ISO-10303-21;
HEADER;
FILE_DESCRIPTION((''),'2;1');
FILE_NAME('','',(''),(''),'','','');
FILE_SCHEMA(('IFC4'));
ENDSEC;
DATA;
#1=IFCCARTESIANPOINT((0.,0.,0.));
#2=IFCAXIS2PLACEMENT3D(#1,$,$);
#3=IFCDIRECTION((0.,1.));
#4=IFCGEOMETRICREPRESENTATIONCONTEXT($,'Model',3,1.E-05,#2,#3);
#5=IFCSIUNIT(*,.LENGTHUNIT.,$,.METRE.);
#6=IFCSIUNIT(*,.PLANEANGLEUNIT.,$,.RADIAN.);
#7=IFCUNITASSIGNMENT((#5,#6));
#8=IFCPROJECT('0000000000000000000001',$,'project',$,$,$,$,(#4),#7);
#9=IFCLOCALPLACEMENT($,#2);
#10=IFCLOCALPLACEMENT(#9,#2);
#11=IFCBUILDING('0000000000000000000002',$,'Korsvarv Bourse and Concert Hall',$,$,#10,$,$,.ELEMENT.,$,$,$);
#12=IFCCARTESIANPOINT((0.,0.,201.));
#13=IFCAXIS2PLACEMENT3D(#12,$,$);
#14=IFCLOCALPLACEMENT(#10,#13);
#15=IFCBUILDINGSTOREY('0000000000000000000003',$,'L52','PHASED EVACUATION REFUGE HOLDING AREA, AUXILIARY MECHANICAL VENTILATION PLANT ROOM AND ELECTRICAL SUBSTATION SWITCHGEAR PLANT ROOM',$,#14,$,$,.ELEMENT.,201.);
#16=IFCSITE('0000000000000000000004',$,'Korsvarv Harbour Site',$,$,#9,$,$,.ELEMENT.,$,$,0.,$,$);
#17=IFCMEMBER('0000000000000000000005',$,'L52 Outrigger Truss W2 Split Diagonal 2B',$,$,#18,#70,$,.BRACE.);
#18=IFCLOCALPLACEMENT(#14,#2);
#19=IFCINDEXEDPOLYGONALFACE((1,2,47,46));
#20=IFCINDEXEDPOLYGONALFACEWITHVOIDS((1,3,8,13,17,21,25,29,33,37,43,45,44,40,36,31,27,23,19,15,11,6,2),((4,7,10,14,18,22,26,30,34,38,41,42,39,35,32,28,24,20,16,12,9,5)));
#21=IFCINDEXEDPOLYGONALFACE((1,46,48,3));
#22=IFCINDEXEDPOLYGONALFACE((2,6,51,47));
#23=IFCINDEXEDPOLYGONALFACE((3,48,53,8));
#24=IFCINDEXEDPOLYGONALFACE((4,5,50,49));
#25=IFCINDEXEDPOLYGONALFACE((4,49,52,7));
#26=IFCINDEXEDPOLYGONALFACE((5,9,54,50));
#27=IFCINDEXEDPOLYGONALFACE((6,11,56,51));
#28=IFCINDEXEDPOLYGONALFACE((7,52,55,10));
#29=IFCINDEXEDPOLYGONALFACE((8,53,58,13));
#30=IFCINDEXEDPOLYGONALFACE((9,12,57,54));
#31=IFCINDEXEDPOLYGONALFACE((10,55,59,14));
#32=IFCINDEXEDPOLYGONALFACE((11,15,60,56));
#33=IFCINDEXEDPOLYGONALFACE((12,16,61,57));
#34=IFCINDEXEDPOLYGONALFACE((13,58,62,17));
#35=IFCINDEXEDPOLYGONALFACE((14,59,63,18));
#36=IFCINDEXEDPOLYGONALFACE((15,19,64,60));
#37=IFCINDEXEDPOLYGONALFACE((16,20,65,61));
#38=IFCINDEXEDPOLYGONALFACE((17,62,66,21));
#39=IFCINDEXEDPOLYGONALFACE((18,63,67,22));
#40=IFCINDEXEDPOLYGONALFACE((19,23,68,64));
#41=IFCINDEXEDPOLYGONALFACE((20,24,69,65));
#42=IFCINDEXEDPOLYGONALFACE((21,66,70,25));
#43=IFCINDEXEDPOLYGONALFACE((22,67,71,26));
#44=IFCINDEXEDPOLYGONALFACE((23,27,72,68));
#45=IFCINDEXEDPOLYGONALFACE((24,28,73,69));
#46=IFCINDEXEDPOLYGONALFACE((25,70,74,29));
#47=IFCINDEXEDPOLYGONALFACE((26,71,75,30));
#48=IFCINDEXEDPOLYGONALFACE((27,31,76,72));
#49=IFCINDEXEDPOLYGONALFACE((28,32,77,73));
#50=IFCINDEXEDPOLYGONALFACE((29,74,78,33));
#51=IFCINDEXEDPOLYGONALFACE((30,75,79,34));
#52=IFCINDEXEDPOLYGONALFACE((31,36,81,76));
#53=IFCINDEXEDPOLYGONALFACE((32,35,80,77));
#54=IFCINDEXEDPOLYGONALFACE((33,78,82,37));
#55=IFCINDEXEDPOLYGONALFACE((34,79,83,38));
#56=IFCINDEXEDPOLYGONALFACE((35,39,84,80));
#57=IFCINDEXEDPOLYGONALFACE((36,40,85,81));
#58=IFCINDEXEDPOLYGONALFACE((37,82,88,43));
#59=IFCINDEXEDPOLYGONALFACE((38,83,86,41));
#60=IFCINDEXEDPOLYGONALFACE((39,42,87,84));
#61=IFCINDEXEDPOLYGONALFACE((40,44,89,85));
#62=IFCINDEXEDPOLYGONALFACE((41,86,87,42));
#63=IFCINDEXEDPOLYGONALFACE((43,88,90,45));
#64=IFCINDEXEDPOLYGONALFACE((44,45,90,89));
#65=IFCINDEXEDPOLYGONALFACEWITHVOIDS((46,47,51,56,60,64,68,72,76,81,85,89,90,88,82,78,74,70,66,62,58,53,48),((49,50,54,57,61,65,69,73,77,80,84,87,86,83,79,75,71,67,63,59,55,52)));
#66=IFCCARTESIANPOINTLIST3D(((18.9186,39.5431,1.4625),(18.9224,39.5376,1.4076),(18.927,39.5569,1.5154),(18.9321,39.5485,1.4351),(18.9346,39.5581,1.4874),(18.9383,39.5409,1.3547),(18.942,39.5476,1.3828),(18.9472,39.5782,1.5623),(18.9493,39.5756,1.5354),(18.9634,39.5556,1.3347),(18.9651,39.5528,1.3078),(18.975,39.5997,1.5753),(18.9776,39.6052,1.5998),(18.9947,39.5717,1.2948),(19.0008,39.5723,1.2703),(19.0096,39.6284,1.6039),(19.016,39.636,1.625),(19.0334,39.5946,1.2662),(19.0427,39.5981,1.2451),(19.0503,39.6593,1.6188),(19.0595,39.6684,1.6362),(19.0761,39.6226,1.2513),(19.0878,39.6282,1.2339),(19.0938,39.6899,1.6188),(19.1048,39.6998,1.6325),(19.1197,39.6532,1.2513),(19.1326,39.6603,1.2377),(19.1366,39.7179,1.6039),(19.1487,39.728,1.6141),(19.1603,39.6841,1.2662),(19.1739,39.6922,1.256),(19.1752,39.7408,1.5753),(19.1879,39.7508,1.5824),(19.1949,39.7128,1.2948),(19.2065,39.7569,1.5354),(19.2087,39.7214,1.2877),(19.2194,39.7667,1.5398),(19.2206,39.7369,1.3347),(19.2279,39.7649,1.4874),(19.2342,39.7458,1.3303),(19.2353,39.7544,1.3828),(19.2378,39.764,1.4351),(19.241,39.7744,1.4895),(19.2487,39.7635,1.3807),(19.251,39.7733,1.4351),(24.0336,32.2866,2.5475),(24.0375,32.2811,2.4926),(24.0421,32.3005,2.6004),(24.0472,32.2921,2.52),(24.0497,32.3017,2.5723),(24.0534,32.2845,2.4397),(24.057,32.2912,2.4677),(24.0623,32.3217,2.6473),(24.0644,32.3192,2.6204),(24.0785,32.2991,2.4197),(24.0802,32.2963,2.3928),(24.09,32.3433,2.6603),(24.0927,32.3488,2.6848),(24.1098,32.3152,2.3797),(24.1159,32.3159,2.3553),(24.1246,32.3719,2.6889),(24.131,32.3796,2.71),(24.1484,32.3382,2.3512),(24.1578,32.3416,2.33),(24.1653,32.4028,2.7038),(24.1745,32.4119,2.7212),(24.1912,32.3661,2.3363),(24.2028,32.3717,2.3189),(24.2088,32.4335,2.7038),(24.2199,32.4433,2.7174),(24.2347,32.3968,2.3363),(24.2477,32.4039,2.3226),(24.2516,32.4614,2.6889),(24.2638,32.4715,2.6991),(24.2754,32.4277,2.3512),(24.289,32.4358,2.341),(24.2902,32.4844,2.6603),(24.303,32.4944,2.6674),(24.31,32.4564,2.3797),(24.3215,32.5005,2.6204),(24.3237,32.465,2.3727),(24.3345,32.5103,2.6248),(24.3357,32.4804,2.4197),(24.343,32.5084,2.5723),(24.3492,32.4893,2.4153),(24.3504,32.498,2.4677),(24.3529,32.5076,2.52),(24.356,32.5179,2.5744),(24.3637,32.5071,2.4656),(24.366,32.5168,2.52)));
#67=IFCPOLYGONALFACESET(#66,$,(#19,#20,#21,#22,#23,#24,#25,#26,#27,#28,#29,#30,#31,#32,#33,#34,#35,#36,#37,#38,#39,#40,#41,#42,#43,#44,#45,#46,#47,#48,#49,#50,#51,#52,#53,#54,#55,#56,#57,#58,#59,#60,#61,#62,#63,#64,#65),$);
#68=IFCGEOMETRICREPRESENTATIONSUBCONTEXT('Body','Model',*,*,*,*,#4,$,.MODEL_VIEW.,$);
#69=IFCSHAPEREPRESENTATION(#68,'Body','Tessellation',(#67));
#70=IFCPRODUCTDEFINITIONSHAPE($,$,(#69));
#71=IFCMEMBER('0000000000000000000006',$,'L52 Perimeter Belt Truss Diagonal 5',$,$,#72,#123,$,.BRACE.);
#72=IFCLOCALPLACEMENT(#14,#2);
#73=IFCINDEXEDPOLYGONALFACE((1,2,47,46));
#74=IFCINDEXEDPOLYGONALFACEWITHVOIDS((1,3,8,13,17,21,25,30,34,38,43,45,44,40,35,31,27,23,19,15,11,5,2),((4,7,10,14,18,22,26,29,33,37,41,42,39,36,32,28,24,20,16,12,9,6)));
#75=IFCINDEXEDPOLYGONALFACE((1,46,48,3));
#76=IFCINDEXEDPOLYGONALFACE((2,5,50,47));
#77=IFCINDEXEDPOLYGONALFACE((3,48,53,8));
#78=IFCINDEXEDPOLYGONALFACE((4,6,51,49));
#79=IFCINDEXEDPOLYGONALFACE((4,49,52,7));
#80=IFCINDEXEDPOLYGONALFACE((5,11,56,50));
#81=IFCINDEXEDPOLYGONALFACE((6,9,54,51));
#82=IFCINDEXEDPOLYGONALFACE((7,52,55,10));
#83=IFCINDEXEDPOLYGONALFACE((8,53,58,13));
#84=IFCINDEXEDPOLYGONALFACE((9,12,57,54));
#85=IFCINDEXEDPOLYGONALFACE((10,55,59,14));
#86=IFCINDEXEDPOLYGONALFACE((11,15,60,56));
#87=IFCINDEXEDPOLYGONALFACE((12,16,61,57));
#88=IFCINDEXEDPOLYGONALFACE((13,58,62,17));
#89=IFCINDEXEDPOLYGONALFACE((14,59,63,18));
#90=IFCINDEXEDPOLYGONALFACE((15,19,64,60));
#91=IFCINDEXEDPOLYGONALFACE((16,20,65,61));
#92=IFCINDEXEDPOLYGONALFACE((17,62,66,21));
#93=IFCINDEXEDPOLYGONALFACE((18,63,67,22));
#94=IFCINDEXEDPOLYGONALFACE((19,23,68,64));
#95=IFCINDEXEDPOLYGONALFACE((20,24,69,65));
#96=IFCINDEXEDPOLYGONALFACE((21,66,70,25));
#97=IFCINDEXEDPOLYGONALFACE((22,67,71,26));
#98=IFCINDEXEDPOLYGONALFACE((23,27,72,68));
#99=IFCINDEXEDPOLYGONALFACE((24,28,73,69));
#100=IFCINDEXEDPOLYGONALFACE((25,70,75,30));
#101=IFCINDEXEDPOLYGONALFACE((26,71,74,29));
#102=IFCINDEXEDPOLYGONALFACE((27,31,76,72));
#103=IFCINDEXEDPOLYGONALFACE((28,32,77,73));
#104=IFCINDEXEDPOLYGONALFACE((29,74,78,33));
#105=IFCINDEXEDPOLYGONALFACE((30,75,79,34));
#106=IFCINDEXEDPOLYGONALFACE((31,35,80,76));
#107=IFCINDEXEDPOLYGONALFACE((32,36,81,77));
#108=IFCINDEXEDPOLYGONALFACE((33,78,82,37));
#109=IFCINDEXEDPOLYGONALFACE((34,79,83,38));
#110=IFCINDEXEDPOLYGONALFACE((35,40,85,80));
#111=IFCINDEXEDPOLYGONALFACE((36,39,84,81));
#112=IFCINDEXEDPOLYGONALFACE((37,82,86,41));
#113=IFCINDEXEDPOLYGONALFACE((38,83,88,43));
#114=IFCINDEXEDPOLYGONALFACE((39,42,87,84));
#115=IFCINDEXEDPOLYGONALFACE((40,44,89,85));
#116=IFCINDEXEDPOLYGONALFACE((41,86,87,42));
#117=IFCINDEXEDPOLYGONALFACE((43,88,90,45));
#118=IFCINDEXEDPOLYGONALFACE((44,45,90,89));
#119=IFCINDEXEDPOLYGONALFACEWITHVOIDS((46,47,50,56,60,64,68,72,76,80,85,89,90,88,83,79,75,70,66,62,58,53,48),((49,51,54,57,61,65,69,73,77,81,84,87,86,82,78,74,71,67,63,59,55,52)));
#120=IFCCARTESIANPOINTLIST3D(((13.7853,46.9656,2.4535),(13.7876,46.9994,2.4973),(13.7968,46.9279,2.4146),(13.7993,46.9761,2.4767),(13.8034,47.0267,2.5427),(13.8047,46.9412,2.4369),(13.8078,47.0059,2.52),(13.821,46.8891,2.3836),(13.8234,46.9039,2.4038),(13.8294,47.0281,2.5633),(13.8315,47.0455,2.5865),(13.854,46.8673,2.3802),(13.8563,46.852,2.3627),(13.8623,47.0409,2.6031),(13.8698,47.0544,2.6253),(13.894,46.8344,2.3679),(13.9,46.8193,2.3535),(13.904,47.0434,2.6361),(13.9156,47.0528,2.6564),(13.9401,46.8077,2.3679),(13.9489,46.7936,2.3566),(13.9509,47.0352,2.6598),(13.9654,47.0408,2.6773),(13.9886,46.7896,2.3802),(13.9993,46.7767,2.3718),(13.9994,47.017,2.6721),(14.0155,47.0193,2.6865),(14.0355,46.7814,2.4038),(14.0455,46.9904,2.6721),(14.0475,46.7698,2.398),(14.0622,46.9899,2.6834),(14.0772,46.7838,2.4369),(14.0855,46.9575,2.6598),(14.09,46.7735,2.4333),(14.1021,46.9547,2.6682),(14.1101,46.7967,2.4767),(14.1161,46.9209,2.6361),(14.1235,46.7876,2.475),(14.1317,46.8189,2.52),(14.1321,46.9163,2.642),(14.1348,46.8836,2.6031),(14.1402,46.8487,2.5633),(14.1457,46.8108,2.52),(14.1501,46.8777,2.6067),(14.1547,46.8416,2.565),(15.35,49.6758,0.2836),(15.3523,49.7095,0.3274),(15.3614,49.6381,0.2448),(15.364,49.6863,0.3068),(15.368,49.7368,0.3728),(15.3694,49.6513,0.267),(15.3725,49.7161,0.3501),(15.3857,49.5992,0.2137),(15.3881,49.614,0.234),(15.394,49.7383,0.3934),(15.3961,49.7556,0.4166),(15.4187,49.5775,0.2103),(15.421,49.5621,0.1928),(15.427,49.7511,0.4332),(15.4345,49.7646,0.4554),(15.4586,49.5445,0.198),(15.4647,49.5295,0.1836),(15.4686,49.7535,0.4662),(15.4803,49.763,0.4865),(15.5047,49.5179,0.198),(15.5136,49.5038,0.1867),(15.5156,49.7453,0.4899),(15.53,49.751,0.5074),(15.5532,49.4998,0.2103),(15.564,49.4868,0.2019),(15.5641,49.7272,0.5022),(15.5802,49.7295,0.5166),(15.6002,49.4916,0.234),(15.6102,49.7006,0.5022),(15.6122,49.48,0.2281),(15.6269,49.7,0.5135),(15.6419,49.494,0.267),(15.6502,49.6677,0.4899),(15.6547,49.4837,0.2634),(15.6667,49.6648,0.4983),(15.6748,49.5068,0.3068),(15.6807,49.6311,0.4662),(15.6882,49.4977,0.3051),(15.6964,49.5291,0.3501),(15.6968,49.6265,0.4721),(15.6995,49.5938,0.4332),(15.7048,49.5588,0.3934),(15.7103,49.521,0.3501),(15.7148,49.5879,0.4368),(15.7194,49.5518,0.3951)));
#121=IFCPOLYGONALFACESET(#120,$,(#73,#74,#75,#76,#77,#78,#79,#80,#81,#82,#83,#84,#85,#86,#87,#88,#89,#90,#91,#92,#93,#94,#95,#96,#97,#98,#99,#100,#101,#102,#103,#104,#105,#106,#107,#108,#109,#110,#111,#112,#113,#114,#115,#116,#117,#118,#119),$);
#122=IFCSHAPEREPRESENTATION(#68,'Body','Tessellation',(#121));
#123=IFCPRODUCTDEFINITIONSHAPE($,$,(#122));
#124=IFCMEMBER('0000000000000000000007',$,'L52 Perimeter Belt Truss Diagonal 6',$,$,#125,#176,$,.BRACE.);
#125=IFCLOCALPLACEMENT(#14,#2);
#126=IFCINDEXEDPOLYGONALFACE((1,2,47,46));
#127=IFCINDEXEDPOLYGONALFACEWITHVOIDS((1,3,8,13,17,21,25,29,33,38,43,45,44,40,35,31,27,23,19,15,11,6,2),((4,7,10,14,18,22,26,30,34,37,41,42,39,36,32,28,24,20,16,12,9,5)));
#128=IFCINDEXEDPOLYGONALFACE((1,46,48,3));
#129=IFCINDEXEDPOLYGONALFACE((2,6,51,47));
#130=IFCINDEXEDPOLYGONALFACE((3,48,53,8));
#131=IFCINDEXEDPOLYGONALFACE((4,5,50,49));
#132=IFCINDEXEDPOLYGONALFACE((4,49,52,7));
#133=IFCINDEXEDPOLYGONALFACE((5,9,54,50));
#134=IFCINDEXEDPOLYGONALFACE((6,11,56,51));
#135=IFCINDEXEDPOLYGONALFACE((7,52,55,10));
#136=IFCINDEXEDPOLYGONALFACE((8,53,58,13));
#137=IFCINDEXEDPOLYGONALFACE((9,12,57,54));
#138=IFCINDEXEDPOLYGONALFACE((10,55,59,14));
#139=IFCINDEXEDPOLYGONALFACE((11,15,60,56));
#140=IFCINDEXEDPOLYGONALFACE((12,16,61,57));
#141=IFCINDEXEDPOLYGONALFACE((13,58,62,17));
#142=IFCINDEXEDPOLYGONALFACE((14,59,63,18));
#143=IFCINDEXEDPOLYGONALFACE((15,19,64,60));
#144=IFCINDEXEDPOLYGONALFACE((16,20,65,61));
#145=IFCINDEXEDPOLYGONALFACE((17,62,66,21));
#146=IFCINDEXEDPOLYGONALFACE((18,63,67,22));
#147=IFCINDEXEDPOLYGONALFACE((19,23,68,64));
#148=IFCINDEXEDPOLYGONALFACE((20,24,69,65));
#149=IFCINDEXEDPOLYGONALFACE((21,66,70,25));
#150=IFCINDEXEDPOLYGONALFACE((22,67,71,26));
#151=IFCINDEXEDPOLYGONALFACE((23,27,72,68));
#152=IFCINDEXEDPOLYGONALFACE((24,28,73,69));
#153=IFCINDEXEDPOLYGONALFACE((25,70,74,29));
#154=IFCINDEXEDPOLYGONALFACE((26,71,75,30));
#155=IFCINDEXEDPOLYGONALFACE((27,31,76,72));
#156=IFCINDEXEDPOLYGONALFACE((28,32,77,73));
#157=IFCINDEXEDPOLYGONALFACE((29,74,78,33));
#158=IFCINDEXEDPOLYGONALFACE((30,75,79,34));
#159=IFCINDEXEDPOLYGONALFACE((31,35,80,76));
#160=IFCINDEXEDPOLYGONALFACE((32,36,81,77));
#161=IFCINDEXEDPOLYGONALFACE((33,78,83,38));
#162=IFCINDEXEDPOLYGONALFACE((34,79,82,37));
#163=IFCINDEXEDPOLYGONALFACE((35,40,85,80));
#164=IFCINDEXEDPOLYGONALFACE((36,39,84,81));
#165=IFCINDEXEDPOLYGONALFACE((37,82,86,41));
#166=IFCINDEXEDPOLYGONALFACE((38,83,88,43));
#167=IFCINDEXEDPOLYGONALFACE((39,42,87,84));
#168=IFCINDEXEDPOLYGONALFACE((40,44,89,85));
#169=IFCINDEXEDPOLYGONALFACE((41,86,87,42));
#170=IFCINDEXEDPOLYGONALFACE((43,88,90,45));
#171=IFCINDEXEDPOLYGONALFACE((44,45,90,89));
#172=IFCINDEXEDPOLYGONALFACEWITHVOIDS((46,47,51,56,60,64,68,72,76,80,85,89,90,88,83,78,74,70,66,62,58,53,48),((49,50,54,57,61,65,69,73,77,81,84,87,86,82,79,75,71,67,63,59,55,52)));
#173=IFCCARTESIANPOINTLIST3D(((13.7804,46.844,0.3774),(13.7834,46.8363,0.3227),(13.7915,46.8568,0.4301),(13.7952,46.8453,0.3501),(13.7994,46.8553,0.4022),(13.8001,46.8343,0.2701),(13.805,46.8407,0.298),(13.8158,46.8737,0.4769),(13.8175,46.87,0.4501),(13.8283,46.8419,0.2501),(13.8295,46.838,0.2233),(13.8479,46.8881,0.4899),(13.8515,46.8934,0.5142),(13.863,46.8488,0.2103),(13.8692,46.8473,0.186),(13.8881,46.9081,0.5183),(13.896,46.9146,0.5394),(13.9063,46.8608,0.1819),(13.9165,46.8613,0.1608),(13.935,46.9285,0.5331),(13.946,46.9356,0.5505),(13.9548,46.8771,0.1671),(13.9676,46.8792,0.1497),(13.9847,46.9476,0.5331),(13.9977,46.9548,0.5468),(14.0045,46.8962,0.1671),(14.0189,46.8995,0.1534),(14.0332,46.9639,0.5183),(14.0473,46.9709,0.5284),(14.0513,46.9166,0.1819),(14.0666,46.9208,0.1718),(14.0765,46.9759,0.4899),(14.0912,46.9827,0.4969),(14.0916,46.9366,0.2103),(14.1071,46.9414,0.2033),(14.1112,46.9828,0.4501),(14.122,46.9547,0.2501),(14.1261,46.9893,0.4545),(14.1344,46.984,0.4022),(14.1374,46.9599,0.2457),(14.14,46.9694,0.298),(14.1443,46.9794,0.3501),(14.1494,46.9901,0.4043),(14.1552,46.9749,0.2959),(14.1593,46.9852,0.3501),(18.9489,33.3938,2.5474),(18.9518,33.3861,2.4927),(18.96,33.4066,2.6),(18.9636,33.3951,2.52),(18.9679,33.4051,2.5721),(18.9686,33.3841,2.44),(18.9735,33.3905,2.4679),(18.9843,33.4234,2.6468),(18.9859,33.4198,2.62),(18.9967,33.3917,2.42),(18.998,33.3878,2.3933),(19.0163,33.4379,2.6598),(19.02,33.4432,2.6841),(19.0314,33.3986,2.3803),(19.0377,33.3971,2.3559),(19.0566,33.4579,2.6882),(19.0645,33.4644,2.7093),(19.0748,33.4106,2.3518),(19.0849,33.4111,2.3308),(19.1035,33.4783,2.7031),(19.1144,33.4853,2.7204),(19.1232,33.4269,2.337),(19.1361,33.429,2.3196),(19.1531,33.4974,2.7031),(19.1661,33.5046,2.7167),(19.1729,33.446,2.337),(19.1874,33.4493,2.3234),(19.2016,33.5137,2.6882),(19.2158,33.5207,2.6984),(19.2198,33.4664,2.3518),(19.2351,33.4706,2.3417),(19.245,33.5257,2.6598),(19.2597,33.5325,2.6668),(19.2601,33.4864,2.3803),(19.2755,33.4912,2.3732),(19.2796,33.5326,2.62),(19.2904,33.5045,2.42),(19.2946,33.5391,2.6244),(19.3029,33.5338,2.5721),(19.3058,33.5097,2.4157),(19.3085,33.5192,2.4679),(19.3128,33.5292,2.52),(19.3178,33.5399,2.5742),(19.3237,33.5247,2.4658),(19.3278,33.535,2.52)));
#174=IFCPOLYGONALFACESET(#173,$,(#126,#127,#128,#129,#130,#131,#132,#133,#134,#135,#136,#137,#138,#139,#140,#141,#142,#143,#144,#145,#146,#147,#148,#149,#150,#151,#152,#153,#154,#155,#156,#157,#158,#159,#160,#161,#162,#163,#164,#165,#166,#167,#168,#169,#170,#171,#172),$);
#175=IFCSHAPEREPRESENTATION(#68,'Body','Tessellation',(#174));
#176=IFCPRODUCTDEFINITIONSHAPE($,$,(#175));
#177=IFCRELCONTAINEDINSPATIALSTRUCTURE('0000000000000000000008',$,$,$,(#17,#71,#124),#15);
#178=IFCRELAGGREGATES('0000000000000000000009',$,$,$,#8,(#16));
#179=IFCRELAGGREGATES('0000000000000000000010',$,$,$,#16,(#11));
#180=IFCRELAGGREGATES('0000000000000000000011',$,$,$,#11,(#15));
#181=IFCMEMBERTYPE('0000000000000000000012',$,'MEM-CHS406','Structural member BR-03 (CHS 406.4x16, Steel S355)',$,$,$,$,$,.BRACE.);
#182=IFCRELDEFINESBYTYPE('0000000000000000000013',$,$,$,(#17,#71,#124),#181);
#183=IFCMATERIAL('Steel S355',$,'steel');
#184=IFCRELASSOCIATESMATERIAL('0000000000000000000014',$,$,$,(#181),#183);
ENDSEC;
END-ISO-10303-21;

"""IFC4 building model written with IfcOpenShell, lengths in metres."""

from ifc_helpers import new_model, si_unit, direction, frame, origin, origin_2d, place, context, subcontext, project, spatial, hollow_circle, extrude, source, transform, mapped, material, material_profile, profile_set, type_object, element, save


model = new_model("IFC4")

# Units and contexts
model_context = context("Model", 3, precision=1e-05, world=origin(), true_north=direction((0.0, 1.0)))
body_context = subcontext(model_context, "Body", "Model", "MODEL_VIEW")
ifc_project = project(units=[si_unit("LENGTHUNIT", "METRE"), si_unit("PLANEANGLEUNIT", "RADIAN")], contexts=[model_context])

# Site, building, storey
site_placement = place(None, origin())
site = spatial("IfcSite", under=ifc_project, at=site_placement, Name="Korsvarv Harbour Site", CompositionType="ELEMENT", RefElevation=0.0)
building_placement = place(site_placement, origin())
building = spatial("IfcBuilding", under=site, at=building_placement, Name="Korsvarv Bourse and Concert Hall", CompositionType="ELEMENT")
storey_placement = place(building_placement, frame((0.0, 0.0, 201.0)))
storey = spatial("IfcBuildingStorey", under=building, at=storey_placement, Name="L52", Description="PHASED EVACUATION REFUGE HOLDING AREA, AUXILIARY MECHANICAL VENTILATION PLANT ROOM AND ELECTRICAL SUBSTATION SWITCHGEAR PLANT ROOM", CompositionType="ELEMENT", Elevation=201.0)

# Shared definitions
ifc_material_1 = material(Name="Steel S355", Category="steel")

# Members
ifc_material_profile_1 = material_profile(ifc_material_1, hollow_circle(Radius=0.2031, WallThickness=0.0161, at=origin_2d()), Name="CHS 406.4x16")
ifc_profile_set_1 = profile_set([ifc_material_profile_1], Name="Steel S355")
member_type_1 = type_object("IfcMemberType", Name="MEM-CHS406", Description="Structural member BR-03 (CHS 406.4x16, Steel S355)", PredefinedType="BRACE", material=ifc_profile_set_1)
shared_shape_1 = source(origin(), body_context, "Body", "SweptSolid", [
    extrude(hollow_circle(Radius=0.2031, WallThickness=0.0161, at=origin_2d()), origin(), (0.0, 0.0, 1.0), 8.9441),
])
member_1_placement = place(storey_placement, frame((19.085, 39.6562, 1.4351), z_axis=(0.571892, -0.81131, 0.121306), x_axis=(0.817346, 0.576146, 0.0)))
element("IfcMember", 1, at=member_1_placement, inside=storey, type_object=member_type_1, Name="L52 Outrigger Truss W2 Split Diagonal 2B", PredefinedType="BRACE", context=body_context, shape_type="MappedRepresentation", body=[
    mapped(shared_shape_1, transform((0.0, 0.0, 0.0), scale=1.0)),
])
shared_shape_2 = source(origin(), body_context, "Body", "SweptSolid", [
    extrude(hollow_circle(Radius=0.2031, WallThickness=0.0161, at=origin_2d()), origin(), (0.0, 0.0, 1.0), 3.8081),
])
member_2_placement = place(storey_placement, frame((15.5344, 49.6226, 0.3501), z_axis=(-0.410881, -0.711684, 0.569809), x_axis=(0.866031, -0.49999, 0.0)))
element("IfcMember", 2, at=member_2_placement, inside=storey, type_object=member_type_1, Name="L52 Perimeter Belt Truss Diagonal 5", PredefinedType="BRACE", context=body_context, shape_type="MappedRepresentation", body=[
    mapped(shared_shape_2, transform((0.0, 0.0, 0.0), scale=1.0)),
])
shared_shape_3 = source(origin(), body_context, "Body", "SweptSolid", [
    extrude(hollow_circle(Radius=0.2031, WallThickness=0.0161, at=origin_2d()), origin(), (0.0, 0.0, 1.0), 14.5715),
])
member_3_placement = place(storey_placement, frame((13.9697, 46.9124, 0.3501), z_axis=(0.354696, -0.923047, 0.148915), x_axis=(0.933455, 0.358695, 0.0)))
element("IfcMember", 3, at=member_3_placement, inside=storey, type_object=member_type_1, Name="L52 Perimeter Belt Truss Diagonal 6", PredefinedType="BRACE", context=body_context, shape_type="MappedRepresentation", body=[
    mapped(shared_shape_3, transform((0.0, 0.0, 0.0), scale=1.0)),
])

save(model, "model.ifc")
